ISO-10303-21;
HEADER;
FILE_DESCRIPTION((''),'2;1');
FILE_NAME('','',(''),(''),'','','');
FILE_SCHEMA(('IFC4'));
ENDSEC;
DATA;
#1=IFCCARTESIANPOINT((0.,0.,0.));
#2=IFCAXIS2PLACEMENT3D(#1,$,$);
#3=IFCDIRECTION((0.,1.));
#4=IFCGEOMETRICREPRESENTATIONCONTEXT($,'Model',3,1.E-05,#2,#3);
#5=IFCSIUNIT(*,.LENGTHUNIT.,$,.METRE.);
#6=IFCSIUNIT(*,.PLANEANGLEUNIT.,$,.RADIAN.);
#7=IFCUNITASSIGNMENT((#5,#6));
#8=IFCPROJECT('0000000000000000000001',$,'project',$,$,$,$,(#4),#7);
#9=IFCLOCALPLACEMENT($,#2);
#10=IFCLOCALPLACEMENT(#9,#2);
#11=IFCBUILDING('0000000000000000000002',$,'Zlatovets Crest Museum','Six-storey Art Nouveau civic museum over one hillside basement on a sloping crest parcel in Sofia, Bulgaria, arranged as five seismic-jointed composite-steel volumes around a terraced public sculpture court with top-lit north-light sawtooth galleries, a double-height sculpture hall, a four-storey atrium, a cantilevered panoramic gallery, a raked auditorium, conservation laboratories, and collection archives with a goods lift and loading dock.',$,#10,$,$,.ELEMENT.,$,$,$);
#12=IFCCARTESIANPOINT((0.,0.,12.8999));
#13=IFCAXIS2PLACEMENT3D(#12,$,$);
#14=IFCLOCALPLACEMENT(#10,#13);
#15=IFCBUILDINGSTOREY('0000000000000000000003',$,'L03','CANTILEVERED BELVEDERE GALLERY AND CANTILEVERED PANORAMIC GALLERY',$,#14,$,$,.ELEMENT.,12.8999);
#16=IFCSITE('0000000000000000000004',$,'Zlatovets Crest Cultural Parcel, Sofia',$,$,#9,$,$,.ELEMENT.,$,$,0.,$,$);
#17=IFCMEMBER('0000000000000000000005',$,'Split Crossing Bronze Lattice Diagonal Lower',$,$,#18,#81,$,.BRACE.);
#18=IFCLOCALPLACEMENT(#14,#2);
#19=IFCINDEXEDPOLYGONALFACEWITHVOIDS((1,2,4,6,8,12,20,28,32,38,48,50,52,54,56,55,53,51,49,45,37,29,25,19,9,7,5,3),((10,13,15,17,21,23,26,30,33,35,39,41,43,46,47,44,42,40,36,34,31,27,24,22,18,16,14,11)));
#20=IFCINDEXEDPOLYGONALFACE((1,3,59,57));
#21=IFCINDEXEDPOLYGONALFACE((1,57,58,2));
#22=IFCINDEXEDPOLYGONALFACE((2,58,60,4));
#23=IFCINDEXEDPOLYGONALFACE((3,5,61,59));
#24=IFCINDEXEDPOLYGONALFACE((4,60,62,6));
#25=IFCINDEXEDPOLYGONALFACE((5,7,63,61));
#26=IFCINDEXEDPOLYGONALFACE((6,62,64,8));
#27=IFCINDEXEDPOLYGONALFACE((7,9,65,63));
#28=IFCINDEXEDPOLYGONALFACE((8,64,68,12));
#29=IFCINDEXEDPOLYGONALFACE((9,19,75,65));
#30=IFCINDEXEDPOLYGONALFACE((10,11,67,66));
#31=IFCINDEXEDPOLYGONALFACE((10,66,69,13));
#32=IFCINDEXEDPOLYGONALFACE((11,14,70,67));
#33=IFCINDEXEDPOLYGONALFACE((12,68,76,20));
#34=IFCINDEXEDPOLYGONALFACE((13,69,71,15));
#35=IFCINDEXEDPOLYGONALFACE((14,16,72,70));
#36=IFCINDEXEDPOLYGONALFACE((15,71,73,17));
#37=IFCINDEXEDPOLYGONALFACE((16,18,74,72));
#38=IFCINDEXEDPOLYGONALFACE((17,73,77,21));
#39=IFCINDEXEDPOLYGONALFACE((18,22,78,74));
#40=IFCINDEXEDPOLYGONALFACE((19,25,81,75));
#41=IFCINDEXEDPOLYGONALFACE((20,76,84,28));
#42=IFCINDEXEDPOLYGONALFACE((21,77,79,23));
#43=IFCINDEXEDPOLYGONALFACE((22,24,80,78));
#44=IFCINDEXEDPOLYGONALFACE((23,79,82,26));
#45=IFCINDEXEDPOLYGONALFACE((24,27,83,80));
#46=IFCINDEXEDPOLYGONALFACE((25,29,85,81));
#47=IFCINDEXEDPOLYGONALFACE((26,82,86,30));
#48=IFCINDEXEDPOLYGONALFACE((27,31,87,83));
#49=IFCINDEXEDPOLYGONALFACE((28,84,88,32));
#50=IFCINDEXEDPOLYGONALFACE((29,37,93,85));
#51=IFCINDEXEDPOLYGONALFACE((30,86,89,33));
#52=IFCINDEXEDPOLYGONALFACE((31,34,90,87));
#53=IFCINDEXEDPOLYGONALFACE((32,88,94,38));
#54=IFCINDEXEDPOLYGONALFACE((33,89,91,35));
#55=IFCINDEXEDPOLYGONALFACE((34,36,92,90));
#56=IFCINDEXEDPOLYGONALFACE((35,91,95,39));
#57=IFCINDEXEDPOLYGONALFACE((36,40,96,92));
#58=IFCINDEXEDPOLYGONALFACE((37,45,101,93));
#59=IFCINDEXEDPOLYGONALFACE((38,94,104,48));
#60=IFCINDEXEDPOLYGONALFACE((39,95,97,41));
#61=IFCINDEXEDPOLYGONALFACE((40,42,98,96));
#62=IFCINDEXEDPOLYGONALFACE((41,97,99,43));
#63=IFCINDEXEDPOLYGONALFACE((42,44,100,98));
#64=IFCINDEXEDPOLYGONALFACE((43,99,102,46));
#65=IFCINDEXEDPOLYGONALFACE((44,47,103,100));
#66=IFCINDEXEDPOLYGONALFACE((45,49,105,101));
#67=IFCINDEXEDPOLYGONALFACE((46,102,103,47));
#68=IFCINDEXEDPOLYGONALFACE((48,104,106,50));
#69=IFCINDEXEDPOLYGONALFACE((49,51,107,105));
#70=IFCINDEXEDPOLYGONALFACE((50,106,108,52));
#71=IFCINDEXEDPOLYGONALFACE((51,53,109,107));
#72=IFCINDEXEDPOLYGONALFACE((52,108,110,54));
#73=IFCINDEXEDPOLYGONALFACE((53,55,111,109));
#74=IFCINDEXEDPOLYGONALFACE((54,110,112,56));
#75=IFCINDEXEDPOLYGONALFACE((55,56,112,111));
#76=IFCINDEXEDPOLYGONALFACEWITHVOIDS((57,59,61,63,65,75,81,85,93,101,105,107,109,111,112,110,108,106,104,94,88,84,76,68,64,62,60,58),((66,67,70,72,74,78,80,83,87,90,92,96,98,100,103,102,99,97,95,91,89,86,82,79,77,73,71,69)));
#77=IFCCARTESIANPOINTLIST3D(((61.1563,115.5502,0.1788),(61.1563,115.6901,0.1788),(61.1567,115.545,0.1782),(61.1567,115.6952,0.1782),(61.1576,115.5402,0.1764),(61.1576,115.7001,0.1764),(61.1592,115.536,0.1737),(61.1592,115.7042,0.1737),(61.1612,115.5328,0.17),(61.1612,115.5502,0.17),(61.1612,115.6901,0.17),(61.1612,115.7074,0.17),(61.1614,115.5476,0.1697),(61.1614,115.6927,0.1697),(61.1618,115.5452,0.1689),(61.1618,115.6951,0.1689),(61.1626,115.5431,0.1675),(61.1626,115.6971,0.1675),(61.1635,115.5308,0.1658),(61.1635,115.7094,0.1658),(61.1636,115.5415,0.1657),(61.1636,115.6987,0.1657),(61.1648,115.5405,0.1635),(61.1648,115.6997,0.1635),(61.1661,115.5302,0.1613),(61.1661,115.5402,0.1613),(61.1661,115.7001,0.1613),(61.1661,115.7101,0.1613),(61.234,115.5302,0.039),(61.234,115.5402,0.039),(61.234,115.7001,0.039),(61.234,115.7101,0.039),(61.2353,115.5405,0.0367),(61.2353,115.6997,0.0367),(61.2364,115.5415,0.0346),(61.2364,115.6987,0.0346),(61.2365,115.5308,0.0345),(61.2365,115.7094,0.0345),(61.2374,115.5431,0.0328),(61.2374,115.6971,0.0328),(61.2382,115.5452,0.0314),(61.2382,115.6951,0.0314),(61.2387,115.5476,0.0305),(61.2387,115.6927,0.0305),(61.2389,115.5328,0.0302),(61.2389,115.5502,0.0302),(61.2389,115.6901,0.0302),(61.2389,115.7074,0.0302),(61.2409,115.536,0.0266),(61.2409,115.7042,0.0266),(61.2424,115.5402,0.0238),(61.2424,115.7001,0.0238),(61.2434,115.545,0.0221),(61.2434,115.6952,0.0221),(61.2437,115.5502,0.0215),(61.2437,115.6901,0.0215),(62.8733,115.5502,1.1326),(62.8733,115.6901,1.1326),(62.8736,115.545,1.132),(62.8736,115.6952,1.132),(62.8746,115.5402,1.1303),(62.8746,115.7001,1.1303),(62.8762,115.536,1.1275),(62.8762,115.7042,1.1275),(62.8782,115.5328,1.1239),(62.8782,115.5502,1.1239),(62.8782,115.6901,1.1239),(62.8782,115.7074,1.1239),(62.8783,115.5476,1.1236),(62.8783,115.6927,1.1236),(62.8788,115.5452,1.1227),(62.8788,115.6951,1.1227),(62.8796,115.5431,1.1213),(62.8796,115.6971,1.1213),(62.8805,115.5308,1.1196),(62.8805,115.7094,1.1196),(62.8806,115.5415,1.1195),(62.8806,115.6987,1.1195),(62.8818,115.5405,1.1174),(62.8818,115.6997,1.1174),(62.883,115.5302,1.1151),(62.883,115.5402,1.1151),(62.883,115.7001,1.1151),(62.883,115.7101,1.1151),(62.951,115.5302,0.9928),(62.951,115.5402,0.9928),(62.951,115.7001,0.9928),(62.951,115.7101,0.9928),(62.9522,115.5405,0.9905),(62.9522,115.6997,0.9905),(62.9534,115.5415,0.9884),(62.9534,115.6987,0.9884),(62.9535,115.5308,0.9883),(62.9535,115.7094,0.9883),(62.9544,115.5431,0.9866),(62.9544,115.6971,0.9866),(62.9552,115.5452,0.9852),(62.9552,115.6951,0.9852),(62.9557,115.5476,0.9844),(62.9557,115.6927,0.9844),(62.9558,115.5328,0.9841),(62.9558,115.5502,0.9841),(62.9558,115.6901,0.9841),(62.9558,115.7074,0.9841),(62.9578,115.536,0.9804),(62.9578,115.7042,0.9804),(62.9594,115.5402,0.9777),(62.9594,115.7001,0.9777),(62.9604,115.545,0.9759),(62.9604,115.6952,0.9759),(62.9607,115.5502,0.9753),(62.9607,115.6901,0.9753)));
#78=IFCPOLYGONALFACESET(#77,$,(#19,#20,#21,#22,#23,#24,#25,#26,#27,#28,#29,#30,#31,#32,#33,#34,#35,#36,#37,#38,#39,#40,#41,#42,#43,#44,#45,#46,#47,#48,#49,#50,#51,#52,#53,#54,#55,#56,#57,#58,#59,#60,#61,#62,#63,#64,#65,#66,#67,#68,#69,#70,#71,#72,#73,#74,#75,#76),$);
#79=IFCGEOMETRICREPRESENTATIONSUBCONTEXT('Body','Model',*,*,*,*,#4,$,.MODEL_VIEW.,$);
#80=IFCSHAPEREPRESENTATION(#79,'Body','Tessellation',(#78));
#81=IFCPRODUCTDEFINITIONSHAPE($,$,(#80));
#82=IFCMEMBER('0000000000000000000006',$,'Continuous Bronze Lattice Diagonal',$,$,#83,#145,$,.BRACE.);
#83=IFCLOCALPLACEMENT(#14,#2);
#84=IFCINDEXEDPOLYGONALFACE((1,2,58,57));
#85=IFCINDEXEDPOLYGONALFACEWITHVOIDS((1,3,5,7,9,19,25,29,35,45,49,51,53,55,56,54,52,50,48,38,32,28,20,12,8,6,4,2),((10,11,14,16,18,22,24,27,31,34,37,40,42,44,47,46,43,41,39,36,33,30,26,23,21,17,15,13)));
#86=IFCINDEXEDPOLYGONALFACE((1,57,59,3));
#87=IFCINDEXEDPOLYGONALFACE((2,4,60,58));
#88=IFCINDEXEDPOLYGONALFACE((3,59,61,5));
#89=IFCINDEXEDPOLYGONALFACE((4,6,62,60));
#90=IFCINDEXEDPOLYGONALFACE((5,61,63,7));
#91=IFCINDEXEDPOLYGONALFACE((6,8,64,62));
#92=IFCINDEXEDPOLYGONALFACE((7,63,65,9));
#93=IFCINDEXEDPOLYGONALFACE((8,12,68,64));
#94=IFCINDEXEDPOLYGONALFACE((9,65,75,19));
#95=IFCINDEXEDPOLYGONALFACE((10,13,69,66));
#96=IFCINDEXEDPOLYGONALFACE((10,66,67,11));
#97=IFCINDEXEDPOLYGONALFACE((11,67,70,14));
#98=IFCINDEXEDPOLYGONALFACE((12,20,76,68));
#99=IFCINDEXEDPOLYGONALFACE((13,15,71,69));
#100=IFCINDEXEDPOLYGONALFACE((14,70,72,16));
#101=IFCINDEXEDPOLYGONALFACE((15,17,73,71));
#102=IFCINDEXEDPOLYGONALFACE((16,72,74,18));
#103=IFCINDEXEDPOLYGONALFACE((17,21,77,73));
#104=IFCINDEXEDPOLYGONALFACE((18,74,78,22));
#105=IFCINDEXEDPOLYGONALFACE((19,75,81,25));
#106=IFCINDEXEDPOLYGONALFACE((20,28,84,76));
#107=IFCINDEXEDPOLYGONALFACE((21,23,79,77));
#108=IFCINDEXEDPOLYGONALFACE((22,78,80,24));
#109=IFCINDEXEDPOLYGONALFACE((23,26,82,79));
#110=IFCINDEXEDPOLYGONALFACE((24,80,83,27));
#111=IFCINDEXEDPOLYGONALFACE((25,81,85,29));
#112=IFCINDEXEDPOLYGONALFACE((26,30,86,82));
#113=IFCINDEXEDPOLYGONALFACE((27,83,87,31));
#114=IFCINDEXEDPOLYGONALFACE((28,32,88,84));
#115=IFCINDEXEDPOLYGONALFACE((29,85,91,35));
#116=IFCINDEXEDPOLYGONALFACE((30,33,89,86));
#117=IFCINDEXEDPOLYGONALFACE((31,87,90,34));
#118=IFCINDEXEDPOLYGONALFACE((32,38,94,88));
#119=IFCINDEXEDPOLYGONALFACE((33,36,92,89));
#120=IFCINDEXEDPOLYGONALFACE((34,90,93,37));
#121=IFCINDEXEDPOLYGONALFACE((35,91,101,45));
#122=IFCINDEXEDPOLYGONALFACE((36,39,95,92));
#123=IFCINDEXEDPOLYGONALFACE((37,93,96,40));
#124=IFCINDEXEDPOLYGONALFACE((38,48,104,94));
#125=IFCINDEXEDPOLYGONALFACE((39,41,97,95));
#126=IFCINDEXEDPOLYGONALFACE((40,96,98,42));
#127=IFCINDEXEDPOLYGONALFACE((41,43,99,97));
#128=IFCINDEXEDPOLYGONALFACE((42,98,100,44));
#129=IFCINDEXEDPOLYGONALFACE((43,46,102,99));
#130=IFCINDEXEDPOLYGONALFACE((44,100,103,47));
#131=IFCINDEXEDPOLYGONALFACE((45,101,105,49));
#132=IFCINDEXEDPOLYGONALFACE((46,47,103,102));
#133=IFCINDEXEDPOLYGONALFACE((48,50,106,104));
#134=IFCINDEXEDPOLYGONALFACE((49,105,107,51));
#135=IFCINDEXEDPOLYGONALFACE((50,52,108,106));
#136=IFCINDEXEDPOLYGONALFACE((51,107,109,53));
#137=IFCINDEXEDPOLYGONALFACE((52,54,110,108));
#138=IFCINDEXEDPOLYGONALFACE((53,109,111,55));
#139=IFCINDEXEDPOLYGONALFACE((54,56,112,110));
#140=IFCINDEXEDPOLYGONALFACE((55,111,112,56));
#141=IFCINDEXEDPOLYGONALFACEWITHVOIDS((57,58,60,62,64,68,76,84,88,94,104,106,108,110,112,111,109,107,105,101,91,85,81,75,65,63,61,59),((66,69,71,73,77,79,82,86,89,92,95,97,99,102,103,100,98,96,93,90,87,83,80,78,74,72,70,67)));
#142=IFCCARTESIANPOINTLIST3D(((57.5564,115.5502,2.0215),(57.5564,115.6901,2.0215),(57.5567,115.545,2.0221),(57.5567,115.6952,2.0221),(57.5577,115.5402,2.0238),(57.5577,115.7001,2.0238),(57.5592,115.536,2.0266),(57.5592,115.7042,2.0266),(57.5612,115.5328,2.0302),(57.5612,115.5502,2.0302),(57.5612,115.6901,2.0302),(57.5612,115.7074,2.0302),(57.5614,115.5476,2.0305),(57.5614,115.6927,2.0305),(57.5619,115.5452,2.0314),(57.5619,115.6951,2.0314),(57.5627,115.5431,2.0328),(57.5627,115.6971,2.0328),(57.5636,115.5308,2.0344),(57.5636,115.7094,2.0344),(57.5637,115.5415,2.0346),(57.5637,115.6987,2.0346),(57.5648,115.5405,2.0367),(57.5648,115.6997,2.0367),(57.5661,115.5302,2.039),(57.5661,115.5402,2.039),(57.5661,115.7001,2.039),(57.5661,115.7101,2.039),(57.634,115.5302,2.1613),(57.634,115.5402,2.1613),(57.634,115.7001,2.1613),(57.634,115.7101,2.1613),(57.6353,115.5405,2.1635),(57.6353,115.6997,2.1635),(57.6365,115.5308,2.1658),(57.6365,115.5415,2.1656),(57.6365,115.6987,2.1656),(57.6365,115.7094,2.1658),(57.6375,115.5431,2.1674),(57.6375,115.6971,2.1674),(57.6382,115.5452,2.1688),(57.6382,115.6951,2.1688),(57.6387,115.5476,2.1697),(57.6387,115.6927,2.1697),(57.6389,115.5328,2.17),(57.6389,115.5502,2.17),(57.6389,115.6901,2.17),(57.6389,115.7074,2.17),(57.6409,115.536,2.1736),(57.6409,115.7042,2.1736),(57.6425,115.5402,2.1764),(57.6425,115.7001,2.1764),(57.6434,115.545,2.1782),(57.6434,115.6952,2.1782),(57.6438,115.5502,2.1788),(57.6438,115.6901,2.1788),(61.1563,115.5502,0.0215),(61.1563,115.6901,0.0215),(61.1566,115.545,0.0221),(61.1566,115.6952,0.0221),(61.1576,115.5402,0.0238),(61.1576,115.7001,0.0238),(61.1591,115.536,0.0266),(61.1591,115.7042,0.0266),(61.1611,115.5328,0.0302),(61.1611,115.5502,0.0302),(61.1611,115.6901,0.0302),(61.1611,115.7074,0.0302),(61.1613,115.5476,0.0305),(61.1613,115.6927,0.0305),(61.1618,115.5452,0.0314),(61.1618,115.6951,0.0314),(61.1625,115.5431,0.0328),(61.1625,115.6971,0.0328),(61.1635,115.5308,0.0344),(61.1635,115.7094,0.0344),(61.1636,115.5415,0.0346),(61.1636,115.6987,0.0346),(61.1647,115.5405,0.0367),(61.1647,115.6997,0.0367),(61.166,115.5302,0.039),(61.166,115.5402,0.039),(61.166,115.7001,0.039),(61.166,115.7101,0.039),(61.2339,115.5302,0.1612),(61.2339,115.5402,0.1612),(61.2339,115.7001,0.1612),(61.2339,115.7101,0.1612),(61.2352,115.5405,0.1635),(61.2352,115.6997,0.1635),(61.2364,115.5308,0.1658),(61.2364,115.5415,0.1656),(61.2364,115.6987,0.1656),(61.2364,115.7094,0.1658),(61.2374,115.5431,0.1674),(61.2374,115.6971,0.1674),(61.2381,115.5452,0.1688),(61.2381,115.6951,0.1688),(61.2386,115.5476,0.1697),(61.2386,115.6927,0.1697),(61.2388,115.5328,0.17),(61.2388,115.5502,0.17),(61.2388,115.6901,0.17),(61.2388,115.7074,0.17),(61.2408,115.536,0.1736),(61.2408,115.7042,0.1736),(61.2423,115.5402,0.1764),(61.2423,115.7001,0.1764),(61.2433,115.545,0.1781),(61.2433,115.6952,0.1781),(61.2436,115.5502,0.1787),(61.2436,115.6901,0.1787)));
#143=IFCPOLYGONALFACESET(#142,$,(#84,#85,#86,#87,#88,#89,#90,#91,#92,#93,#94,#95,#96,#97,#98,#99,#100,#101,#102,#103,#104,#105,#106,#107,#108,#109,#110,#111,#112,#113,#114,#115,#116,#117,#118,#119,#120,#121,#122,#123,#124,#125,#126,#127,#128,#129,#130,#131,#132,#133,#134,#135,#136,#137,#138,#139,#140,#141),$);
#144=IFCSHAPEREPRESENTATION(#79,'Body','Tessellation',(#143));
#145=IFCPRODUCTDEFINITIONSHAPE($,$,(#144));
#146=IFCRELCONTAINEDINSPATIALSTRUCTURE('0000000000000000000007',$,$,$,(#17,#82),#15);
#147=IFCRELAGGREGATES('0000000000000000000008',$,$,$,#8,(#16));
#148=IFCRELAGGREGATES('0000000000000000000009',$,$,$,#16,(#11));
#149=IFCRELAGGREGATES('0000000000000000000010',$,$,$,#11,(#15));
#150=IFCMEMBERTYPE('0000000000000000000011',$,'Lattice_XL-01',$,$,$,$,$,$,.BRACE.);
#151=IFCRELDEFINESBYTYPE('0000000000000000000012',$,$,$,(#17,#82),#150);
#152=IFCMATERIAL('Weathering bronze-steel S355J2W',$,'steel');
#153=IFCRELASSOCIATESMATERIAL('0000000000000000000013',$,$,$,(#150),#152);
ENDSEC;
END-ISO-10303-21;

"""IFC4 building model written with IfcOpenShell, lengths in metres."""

from ifc_helpers import new_model, si_unit, direction, frame, origin, origin_2d, place, context, subcontext, project, spatial, hollow_rectangle, extrude, material, material_profile, profile_set, type_object, element, save


model = new_model("IFC4")

# Units and contexts
model_context = context("Model", 3, precision=1e-05, world=origin(), true_north=direction((0.0, 1.0)))
body_context = subcontext(model_context, "Body", "Model", "MODEL_VIEW")
ifc_project = project(units=[si_unit("LENGTHUNIT", "METRE"), si_unit("PLANEANGLEUNIT", "RADIAN")], contexts=[model_context])

# Site, building, storey
site_placement = place(None, origin())
site = spatial("IfcSite", under=ifc_project, at=site_placement, Name="Zlatovets Crest Cultural Parcel, Sofia", CompositionType="ELEMENT", RefElevation=0.0)
building_placement = place(site_placement, origin())
building = spatial("IfcBuilding", under=site, at=building_placement, Name="Zlatovets Crest Museum", Description="Six-storey Art Nouveau civic museum over one hillside basement on a sloping crest parcel in Sofia, Bulgaria, arranged as five seismic-jointed composite-steel volumes around a terraced public sculpture court with top-lit north-light sawtooth galleries, a double-height sculpture hall, a four-storey atrium, a cantilevered panoramic gallery, a raked auditorium, conservation laboratories, and collection archives with a goods lift and loading dock.", CompositionType="ELEMENT")
storey_placement = place(building_placement, frame((0.0, 0.0, 12.8999)))
storey = spatial("IfcBuildingStorey", under=building, at=storey_placement, Name="L03", Description="CANTILEVERED BELVEDERE GALLERY AND CANTILEVERED PANORAMIC GALLERY", CompositionType="ELEMENT", Elevation=12.8999)

# Members
ifc_material_1 = material(Name="Weathering bronze-steel S355J2W", Category="steel")
ifc_material_profile_1 = material_profile(ifc_material_1, hollow_rectangle(XDim=0.1799, YDim=0.1799, WallThickness=0.01, InnerFilletRadius=0.01, OuterFilletRadius=0.02, at=origin_2d()), Name="SHS 180x180x10.0")
ifc_profile_set_1 = profile_set([ifc_material_profile_1], Name="Weathering bronze-steel S355J2W")
member_type = type_object("IfcMemberType", Name="Lattice_XL-01", PredefinedType="BRACE", material=ifc_profile_set_1)
member_1_placement = place(storey_placement, frame((62.917, 115.6201, 1.054), z_axis=(-0.874169, 0.0, -0.485622), x_axis=(0.0, -1.0, 0.0)))
element("IfcMember", 1, at=member_1_placement, inside=storey, type_object=member_type, Name="Split Crossing Bronze Lattice Diagonal Lower", PredefinedType="BRACE", context=body_context, shape_type="SweptSolid", body=[
    extrude(hollow_rectangle(XDim=0.1799, YDim=0.1799, WallThickness=0.01, InnerFilletRadius=0.01, OuterFilletRadius=0.02, at=origin_2d()), origin(), (0.0, 0.0, 1.0), 1.9641),
])
member_2_placement = place(storey_placement, frame((61.2, 115.6201, 0.1001), z_axis=(-0.874149, 0.0, 0.485658), x_axis=(0.0, -1.0, 0.0)))
element("IfcMember", 2, at=member_2_placement, inside=storey, type_object=member_type, Name="Continuous Bronze Lattice Diagonal", PredefinedType="BRACE", context=body_context, shape_type="SweptSolid", body=[
    extrude(hollow_rectangle(XDim=0.1799, YDim=0.1799, WallThickness=0.01, InnerFilletRadius=0.01, OuterFilletRadius=0.02, at=origin_2d()), origin(), (0.0, 0.0, 1.0), 4.1182),
])

save(model, "model.ifc")
